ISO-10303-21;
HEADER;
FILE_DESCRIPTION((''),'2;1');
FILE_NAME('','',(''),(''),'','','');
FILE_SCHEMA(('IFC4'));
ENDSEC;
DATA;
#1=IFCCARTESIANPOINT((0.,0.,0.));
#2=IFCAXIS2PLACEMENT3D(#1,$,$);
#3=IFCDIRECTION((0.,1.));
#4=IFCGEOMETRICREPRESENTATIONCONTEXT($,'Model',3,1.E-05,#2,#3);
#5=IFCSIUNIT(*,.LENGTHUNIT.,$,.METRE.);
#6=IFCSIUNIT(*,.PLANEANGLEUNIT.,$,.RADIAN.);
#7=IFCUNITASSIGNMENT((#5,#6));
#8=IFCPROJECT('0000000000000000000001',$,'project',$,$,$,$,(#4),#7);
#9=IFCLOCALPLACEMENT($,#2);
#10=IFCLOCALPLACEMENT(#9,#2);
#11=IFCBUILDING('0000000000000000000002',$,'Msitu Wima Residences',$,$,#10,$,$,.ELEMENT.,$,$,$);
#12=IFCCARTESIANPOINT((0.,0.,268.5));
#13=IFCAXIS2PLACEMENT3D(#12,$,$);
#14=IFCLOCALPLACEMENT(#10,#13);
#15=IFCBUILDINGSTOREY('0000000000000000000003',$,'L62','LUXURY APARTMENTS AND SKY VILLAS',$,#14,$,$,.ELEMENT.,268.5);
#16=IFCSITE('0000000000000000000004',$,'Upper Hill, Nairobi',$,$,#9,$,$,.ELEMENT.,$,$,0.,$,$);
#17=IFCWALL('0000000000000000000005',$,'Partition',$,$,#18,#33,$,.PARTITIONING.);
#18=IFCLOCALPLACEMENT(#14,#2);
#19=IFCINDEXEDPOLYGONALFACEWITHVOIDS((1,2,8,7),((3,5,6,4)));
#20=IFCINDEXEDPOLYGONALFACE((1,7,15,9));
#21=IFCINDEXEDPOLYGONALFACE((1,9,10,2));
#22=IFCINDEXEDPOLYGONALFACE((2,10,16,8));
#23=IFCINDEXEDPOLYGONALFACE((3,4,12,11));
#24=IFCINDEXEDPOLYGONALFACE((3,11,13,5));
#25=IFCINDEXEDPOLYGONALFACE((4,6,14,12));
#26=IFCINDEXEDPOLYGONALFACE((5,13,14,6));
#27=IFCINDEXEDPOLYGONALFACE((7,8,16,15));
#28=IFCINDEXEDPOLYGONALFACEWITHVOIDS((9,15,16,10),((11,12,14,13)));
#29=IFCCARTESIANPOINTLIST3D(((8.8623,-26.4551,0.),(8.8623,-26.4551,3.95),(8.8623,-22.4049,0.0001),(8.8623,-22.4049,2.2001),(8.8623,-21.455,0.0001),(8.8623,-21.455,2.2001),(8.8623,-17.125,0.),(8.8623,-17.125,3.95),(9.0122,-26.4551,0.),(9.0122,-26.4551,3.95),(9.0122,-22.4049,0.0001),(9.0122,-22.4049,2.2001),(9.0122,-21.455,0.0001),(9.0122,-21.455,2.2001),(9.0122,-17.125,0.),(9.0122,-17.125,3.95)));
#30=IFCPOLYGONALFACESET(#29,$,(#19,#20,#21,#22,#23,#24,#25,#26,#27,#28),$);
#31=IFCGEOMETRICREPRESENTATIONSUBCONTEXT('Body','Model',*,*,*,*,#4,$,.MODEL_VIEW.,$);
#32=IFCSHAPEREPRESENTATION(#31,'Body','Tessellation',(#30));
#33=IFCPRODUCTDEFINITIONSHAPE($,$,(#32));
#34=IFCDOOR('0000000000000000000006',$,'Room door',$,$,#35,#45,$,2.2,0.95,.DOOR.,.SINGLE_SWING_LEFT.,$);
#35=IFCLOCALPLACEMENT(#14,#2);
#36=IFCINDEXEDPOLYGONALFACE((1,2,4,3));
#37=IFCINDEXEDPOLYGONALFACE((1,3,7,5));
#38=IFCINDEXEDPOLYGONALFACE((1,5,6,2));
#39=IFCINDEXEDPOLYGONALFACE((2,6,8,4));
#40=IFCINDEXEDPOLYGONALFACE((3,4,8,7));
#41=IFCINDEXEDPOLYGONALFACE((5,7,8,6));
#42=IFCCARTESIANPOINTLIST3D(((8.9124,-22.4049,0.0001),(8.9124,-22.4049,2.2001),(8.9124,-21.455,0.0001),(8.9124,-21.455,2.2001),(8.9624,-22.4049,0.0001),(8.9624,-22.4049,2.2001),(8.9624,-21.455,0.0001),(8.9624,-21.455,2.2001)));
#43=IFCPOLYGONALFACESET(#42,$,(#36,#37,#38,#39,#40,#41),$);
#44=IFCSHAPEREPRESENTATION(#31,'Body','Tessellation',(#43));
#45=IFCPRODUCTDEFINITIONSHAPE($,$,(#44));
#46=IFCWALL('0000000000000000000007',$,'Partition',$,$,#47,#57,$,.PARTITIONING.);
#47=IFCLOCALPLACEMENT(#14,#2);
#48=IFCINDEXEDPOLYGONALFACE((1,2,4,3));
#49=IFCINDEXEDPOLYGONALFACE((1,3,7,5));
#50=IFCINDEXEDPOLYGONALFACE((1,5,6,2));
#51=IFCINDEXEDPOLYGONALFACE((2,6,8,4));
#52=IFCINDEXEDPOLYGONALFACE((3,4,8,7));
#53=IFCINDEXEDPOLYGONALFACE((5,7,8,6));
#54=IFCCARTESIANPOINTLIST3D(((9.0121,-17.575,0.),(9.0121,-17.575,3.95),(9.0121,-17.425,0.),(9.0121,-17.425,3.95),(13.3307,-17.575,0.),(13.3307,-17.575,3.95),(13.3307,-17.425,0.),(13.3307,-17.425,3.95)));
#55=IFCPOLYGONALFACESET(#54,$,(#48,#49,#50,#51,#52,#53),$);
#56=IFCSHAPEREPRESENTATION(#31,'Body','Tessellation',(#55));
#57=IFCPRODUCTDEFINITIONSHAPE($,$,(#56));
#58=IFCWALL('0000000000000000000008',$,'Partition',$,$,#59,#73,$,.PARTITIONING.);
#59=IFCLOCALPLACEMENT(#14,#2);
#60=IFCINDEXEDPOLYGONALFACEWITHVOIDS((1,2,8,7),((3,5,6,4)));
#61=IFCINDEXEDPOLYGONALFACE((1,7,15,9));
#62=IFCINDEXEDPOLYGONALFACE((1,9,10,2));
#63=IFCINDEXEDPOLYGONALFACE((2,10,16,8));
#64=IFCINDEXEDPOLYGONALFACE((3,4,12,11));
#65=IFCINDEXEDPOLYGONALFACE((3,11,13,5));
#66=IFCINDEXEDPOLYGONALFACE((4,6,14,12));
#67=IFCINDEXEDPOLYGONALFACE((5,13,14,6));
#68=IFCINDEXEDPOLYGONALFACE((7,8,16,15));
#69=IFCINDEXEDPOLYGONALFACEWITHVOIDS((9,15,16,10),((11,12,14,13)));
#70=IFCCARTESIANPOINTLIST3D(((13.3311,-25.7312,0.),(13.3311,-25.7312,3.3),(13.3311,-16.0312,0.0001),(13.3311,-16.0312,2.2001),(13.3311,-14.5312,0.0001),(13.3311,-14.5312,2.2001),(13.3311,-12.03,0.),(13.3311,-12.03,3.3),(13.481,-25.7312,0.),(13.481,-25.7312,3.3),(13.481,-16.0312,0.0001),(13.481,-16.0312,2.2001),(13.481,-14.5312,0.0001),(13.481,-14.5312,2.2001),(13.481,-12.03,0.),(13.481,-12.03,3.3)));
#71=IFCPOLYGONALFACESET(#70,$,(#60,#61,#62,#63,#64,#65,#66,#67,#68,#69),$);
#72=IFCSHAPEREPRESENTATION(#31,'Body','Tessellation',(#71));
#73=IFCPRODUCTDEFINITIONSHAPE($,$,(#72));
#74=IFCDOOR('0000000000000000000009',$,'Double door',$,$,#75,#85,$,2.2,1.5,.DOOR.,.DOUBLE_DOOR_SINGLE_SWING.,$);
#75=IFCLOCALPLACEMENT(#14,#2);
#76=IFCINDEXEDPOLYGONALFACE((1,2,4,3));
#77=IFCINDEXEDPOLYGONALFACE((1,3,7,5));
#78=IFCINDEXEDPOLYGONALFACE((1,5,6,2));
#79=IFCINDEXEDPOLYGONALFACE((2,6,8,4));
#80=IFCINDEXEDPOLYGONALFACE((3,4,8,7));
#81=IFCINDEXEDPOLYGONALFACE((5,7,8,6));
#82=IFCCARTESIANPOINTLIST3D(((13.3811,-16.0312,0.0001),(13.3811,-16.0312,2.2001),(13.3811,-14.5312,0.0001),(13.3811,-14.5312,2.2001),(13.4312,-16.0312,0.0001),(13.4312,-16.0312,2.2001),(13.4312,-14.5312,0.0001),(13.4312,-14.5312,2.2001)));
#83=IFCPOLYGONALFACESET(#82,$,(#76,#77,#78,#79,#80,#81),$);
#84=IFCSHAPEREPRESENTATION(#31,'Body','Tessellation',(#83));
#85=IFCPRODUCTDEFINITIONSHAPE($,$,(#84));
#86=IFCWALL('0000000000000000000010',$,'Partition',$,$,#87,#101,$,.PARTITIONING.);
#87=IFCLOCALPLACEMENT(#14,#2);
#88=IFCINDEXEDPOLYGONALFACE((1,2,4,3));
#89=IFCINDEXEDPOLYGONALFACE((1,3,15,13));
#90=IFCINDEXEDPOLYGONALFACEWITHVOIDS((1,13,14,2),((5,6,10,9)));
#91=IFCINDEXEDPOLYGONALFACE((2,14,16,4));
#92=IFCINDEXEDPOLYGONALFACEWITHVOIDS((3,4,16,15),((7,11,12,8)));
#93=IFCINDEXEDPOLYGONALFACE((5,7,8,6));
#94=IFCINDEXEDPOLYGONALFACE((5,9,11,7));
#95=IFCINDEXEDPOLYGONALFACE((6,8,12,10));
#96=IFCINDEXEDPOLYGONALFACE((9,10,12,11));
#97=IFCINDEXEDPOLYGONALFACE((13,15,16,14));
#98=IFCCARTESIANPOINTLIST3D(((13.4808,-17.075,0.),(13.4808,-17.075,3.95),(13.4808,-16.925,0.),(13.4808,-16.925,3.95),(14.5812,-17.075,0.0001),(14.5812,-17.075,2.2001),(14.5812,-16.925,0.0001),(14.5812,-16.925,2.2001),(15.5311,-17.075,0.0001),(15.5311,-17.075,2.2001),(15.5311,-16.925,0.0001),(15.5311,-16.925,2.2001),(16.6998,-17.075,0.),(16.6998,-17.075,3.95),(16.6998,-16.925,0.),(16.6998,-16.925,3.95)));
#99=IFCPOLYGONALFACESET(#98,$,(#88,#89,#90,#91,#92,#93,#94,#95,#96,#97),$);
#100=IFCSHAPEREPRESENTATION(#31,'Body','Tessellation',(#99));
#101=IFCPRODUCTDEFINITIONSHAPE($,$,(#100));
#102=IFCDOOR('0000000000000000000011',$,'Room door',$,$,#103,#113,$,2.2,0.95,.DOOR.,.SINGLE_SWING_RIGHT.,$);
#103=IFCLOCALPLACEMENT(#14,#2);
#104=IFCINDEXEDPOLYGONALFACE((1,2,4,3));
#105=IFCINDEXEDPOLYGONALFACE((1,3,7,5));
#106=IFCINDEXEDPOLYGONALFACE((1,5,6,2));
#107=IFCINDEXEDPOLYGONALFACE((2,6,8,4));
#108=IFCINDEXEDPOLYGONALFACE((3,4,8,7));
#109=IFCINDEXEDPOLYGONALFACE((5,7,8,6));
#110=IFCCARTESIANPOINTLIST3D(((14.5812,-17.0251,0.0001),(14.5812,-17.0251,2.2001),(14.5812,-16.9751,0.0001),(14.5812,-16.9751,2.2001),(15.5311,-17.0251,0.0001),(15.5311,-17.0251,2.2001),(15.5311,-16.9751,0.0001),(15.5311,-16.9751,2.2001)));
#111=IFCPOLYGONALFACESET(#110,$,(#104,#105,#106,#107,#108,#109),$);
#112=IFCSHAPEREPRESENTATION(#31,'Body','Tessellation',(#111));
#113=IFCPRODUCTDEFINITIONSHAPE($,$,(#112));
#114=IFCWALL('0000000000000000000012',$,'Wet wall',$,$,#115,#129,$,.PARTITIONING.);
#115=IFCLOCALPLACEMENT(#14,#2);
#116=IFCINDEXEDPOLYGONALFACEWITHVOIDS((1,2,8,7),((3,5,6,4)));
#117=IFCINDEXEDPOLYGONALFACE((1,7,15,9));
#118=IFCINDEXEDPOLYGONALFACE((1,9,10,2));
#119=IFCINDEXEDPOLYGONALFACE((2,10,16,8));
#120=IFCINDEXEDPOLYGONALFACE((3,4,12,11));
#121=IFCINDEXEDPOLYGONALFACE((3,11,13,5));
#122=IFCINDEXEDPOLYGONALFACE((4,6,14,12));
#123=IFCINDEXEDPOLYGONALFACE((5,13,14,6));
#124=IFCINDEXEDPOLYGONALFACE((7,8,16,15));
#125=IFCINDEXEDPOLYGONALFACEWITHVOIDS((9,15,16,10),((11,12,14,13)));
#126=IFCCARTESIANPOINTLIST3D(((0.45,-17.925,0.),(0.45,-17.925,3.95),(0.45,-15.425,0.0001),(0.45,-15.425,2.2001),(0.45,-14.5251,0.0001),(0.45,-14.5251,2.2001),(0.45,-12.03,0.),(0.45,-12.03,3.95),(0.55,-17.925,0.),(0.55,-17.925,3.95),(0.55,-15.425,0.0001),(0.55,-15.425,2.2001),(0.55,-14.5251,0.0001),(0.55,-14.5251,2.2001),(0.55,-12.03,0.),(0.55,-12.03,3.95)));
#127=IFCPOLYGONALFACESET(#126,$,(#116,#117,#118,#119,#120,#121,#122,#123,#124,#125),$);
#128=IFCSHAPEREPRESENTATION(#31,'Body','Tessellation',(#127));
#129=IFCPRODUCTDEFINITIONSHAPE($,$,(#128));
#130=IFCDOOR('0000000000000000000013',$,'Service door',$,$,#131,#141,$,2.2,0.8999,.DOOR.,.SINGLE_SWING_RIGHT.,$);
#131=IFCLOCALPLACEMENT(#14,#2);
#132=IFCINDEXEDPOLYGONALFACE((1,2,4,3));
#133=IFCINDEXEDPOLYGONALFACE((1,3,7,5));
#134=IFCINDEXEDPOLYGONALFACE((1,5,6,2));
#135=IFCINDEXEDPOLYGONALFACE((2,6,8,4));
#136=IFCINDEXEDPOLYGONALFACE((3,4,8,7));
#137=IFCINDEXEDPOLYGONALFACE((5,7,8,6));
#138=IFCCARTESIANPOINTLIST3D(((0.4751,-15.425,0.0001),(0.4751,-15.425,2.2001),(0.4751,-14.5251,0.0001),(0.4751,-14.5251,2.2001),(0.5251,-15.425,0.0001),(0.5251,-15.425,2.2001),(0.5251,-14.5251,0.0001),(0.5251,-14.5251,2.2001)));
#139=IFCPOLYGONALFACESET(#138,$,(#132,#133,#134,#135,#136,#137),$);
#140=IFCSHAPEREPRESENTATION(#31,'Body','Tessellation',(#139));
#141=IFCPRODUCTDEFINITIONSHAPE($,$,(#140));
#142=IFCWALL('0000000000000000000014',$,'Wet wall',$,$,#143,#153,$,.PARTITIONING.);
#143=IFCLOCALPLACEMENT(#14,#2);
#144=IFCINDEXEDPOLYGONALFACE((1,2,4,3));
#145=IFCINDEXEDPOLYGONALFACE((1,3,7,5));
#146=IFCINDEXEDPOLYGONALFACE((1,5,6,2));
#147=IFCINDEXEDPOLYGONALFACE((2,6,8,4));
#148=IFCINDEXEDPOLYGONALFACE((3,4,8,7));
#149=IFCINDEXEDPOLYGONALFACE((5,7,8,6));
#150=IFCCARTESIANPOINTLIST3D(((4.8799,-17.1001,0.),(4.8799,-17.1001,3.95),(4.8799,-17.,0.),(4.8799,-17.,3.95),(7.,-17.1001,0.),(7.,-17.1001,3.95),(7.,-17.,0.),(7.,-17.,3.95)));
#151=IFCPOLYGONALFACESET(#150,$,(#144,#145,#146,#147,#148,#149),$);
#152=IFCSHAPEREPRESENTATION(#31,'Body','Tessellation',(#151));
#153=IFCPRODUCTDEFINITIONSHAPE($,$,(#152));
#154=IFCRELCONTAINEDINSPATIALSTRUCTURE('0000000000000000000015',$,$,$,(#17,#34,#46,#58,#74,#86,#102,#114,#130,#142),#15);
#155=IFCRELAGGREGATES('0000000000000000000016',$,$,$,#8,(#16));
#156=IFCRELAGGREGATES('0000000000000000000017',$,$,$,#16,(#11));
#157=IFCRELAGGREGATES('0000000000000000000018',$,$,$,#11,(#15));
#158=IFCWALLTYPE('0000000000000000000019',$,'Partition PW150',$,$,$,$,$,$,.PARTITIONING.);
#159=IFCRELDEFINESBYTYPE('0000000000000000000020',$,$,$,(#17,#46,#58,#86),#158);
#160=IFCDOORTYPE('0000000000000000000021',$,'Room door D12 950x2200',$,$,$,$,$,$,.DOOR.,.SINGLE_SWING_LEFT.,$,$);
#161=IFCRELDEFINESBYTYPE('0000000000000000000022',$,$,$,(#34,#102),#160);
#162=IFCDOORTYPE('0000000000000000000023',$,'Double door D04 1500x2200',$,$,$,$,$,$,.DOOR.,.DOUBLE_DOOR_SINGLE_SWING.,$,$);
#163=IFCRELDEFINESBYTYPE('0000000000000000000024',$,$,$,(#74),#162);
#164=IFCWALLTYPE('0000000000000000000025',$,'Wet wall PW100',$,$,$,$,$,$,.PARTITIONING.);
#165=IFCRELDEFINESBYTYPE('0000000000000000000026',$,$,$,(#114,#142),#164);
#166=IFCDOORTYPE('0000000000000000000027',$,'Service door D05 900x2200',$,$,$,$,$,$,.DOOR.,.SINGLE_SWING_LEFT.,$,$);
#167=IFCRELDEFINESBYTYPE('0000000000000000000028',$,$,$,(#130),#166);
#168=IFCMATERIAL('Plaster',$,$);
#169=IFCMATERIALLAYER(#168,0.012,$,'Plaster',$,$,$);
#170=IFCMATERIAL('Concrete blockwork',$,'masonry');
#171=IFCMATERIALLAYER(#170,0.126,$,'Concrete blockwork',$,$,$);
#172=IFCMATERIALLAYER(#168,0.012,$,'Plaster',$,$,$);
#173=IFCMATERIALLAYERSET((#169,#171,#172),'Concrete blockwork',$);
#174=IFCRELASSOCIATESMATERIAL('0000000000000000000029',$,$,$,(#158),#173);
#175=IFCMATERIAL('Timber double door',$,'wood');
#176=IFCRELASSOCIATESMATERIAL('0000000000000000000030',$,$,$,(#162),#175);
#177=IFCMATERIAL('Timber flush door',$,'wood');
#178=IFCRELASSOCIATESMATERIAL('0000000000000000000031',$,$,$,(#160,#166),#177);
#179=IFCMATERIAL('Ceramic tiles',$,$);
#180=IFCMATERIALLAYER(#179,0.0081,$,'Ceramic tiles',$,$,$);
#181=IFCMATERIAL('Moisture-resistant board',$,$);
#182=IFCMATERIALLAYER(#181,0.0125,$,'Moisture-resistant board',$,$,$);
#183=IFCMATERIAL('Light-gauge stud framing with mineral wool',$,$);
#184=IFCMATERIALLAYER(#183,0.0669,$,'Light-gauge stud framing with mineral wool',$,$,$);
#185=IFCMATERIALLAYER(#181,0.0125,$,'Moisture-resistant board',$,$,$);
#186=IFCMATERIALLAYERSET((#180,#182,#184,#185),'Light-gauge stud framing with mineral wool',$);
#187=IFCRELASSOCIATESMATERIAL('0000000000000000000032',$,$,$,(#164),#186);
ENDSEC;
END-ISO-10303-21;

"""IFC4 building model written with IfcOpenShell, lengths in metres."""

from ifc_helpers import new_model, si_unit, direction, frame, frame_2d, origin, place, context, subcontext, project, spatial, rectangle, extrude, material, layer, layer_set, type_object, element, fill, save


model = new_model("IFC4")

# Units and contexts
model_context = context("Model", 3, precision=1e-05, world=origin(), true_north=direction((0.0, 1.0)))
body_context = subcontext(model_context, "Body", "Model", "MODEL_VIEW")
ifc_project = project(units=[si_unit("LENGTHUNIT", "METRE"), si_unit("PLANEANGLEUNIT", "RADIAN")], contexts=[model_context])

# Site, building, storey
site_placement = place(None, origin())
site = spatial("IfcSite", under=ifc_project, at=site_placement, Name="Upper Hill, Nairobi", CompositionType="ELEMENT", RefElevation=0.0)
building_placement = place(site_placement, origin())
building = spatial("IfcBuilding", under=site, at=building_placement, Name="Msitu Wima Residences", CompositionType="ELEMENT")
storey_placement = place(building_placement, frame((0.0, 0.0, 268.5)))
storey = spatial("IfcBuildingStorey", under=building, at=storey_placement, Name="L62", Description="LUXURY APARTMENTS AND SKY VILLAS", CompositionType="ELEMENT", Elevation=268.5)

# Shared definitions
ifc_material_1 = material(Name="Plaster")
ifc_layer_1 = layer(ifc_material_1, 0.012, Name="Plaster")
ifc_material_2 = material(Name="Concrete blockwork", Category="masonry")
ifc_layer_2 = layer(ifc_material_2, 0.126, Name="Concrete blockwork")
ifc_layer_3 = layer(ifc_material_1, 0.012, Name="Plaster")
ifc_layer_set_1 = layer_set([ifc_layer_1, ifc_layer_2, ifc_layer_3], Name="Concrete blockwork")
wall_type_1 = type_object("IfcWallType", Name="Partition PW150", PredefinedType="PARTITIONING", material=ifc_layer_set_1)

# Shared definitions
ifc_material_3 = material(Name="Timber double door", Category="wood")
door_type_1 = type_object("IfcDoorType", Name="Double door D04 1500x2200", OperationType="DOUBLE_DOOR_SINGLE_SWING", PredefinedType="DOOR", material=ifc_material_3)

# Wall, opening, door
ifc_material_4 = material(Name="Timber flush door", Category="wood")
door_type_2 = type_object("IfcDoorType", Name="Room door D12 950x2200", OperationType="SINGLE_SWING_LEFT", PredefinedType="DOOR", material=ifc_material_4)
wall_1_placement = place(storey_placement, frame((8.9373, -26.4551, 0.0), z_axis=(0.0, 0.0, 1.0), x_axis=(0.0, 1.0, 0.0)))
wall_1 = element("IfcWall", 1, at=wall_1_placement, inside=storey, type_object=wall_type_1, Name="Partition", PredefinedType="PARTITIONING", context=body_context, shape_type="SweptSolid", body=[
    extrude(rectangle(XDim=9.3301, YDim=0.1499, at=frame_2d((4.665, 0.0))), origin(), (0.0, 0.0, 1.0), 3.95),
])
opening_1_placement = place(wall_1_placement, frame((4.05, 0.0, 0.0)))
opening_1 = element("IfcOpeningElement", 2, at=opening_1_placement, cuts=wall_1, PredefinedType="OPENING", context=body_context, shape_type="SweptSolid", body=[
    extrude(rectangle(XDim=0.95, YDim=2.2, at=frame_2d((0.4751, 1.1001))), frame((0.0, 0.085, 0.0), z_axis=(0.0, -1.0, 0.0), x_axis=(1.0, 0.0, 0.0)), (0.0, 0.0, 1.0), 0.1699),
])
door_1_placement = place(opening_1_placement, origin())
door_1 = element("IfcDoor", 3, at=door_1_placement, inside=storey, type_object=door_type_2, Name="Room door", OperationType="SINGLE_SWING_LEFT", OverallHeight=2.2, OverallWidth=0.95, PredefinedType="DOOR", context=body_context, shape_type="SweptSolid", body=[
    extrude(rectangle(XDim=0.95, YDim=2.2, at=frame_2d((0.4751, 1.1001))), frame((0.0, 0.0249, 0.0), z_axis=(0.0, -1.0, 0.0), x_axis=(1.0, 0.0, 0.0)), (0.0, 0.0, 1.0), 0.05),
])
fill(opening_1, door_1)

# Wall
wall_2_placement = place(storey_placement, frame((9.0122, -17.5, 0.0), z_axis=(0.0, 0.0, 1.0), x_axis=(1.0, 0.0, 0.0)))
element("IfcWall", 4, at=wall_2_placement, inside=storey, type_object=wall_type_1, Name="Partition", PredefinedType="PARTITIONING", context=body_context, shape_type="SweptSolid", body=[
    extrude(rectangle(XDim=4.3186, YDim=0.1499, at=frame_2d((2.1592, 0.0))), origin(), (0.0, 0.0, 1.0), 3.95),
])

# Walls, openings, doors
wall_3_placement = place(storey_placement, frame((13.406, -25.7312, 0.0), z_axis=(0.0, 0.0, 1.0), x_axis=(0.0, 1.0, 0.0)))
wall_3 = element("IfcWall", 5, at=wall_3_placement, inside=storey, type_object=wall_type_1, Name="Partition", PredefinedType="PARTITIONING", context=body_context, shape_type="SweptSolid", body=[
    extrude(rectangle(XDim=13.7012, YDim=0.1499, at=frame_2d((6.8506, 0.0))), origin(), (0.0, 0.0, 1.0), 3.3),
])
opening_2_placement = place(wall_3_placement, frame((9.7, 0.0, 0.0)))
opening_2 = element("IfcOpeningElement", 6, at=opening_2_placement, cuts=wall_3, PredefinedType="OPENING", context=body_context, shape_type="SweptSolid", body=[
    extrude(rectangle(XDim=1.5, YDim=2.2, at=frame_2d((0.75, 1.1001))), frame((0.0, 0.085, 0.0), z_axis=(0.0, -1.0, 0.0), x_axis=(1.0, 0.0, 0.0)), (0.0, 0.0, 1.0), 0.1699),
])
door_2_placement = place(opening_2_placement, origin())
door_2 = element("IfcDoor", 7, at=door_2_placement, inside=storey, type_object=door_type_1, Name="Double door", OperationType="DOUBLE_DOOR_SINGLE_SWING", OverallHeight=2.2, OverallWidth=1.5, PredefinedType="DOOR", context=body_context, shape_type="SweptSolid", body=[
    extrude(rectangle(XDim=1.5, YDim=2.2, at=frame_2d((0.75, 1.1001))), frame((0.0, 0.0249, 0.0), z_axis=(0.0, -1.0, 0.0), x_axis=(1.0, 0.0, 0.0)), (0.0, 0.0, 1.0), 0.05),
])
fill(opening_2, door_2)
wall_4_placement = place(storey_placement, frame((13.481, -17.0, 0.0), z_axis=(0.0, 0.0, 1.0), x_axis=(1.0, 0.0, 0.0)))
wall_4 = element("IfcWall", 8, at=wall_4_placement, inside=storey, type_object=wall_type_1, Name="Partition", PredefinedType="PARTITIONING", context=body_context, shape_type="SweptSolid", body=[
    extrude(rectangle(XDim=3.219, YDim=0.1499, at=frame_2d((1.6094, 0.0))), origin(), (0.0, 0.0, 1.0), 3.95),
])
opening_3_placement = place(wall_4_placement, frame((1.1001, 0.0, 0.0)))
opening_3 = element("IfcOpeningElement", 9, at=opening_3_placement, cuts=wall_4, PredefinedType="OPENING", context=body_context, shape_type="SweptSolid", body=[
    extrude(rectangle(XDim=0.95, YDim=2.2, at=frame_2d((0.4751, 1.1001))), frame((0.0, 0.085, 0.0), z_axis=(0.0, -1.0, 0.0), x_axis=(1.0, 0.0, 0.0)), (0.0, 0.0, 1.0), 0.1699),
])
door_3_placement = place(opening_3_placement, origin())
door_3 = element("IfcDoor", 10, at=door_3_placement, inside=storey, type_object=door_type_2, Name="Room door", OperationType="SINGLE_SWING_RIGHT", OverallHeight=2.2, OverallWidth=0.95, PredefinedType="DOOR", context=body_context, shape_type="SweptSolid", body=[
    extrude(rectangle(XDim=0.95, YDim=2.2, at=frame_2d((0.4751, 1.1001))), frame((0.0, 0.0249, 0.0), z_axis=(0.0, -1.0, 0.0), x_axis=(1.0, 0.0, 0.0)), (0.0, 0.0, 1.0), 0.05),
])
fill(opening_3, door_3)
ifc_material_5 = material(Name="Ceramic tiles")
ifc_layer_4 = layer(ifc_material_5, 0.0081, Name="Ceramic tiles")
ifc_material_6 = material(Name="Moisture-resistant board")
ifc_layer_5 = layer(ifc_material_6, 0.0125, Name="Moisture-resistant board")
ifc_material_7 = material(Name="Light-gauge stud framing with mineral wool")
ifc_layer_6 = layer(ifc_material_7, 0.0669, Name="Light-gauge stud framing with mineral wool")
ifc_layer_7 = layer(ifc_material_6, 0.0125, Name="Moisture-resistant board")
ifc_layer_set_2 = layer_set([ifc_layer_4, ifc_layer_5, ifc_layer_6, ifc_layer_7], Name="Light-gauge stud framing with mineral wool")
wall_type_2 = type_object("IfcWallType", Name="Wet wall PW100", PredefinedType="PARTITIONING", material=ifc_layer_set_2)
wall_5_placement = place(storey_placement, frame((0.5, -17.925, 0.0), z_axis=(0.0, 0.0, 1.0), x_axis=(0.0, 1.0, 0.0)))
wall_5 = element("IfcWall", 11, at=wall_5_placement, inside=storey, type_object=wall_type_2, Name="Wet wall", PredefinedType="PARTITIONING", context=body_context, shape_type="SweptSolid", body=[
    extrude(rectangle(XDim=5.895, YDim=0.1001, at=frame_2d((2.9475, 0.0))), origin(), (0.0, 0.0, 1.0), 3.95),
])
opening_4_placement = place(wall_5_placement, frame((2.5, 0.0, 0.0)))
opening_4 = element("IfcOpeningElement", 12, at=opening_4_placement, cuts=wall_5, PredefinedType="OPENING", context=body_context, shape_type="SweptSolid", body=[
    extrude(rectangle(XDim=0.8999, YDim=2.2, at=frame_2d((0.45, 1.1001))), frame((0.0, 0.0601, 0.0), z_axis=(0.0, -1.0, 0.0), x_axis=(1.0, 0.0, 0.0)), (0.0, 0.0, 1.0), 0.1201),
])
door_type_3 = type_object("IfcDoorType", Name="Service door D05 900x2200", OperationType="SINGLE_SWING_LEFT", PredefinedType="DOOR", material=ifc_material_4)
door_4_placement = place(opening_4_placement, origin())
door_4 = element("IfcDoor", 13, at=door_4_placement, inside=storey, type_object=door_type_3, Name="Service door", OperationType="SINGLE_SWING_RIGHT", OverallHeight=2.2, OverallWidth=0.8999, PredefinedType="DOOR", context=body_context, shape_type="SweptSolid", body=[
    extrude(rectangle(XDim=0.8999, YDim=2.2, at=frame_2d((0.45, 1.1001))), frame((0.0, 0.0249, 0.0), z_axis=(0.0, -1.0, 0.0), x_axis=(1.0, 0.0, 0.0)), (0.0, 0.0, 1.0), 0.05),
])
fill(opening_4, door_4)

# Wall
wall_6_placement = place(storey_placement, frame((4.8799, -17.05, 0.0), z_axis=(0.0, 0.0, 1.0), x_axis=(1.0, 0.0, 0.0)))
element("IfcWall", 14, at=wall_6_placement, inside=storey, type_object=wall_type_2, Name="Wet wall", PredefinedType="PARTITIONING", context=body_context, shape_type="SweptSolid", body=[
    extrude(rectangle(XDim=2.1201, YDim=0.1001, at=frame_2d((1.0601, 0.0))), origin(), (0.0, 0.0, 1.0), 3.95),
])

save(model, "model.ifc")
